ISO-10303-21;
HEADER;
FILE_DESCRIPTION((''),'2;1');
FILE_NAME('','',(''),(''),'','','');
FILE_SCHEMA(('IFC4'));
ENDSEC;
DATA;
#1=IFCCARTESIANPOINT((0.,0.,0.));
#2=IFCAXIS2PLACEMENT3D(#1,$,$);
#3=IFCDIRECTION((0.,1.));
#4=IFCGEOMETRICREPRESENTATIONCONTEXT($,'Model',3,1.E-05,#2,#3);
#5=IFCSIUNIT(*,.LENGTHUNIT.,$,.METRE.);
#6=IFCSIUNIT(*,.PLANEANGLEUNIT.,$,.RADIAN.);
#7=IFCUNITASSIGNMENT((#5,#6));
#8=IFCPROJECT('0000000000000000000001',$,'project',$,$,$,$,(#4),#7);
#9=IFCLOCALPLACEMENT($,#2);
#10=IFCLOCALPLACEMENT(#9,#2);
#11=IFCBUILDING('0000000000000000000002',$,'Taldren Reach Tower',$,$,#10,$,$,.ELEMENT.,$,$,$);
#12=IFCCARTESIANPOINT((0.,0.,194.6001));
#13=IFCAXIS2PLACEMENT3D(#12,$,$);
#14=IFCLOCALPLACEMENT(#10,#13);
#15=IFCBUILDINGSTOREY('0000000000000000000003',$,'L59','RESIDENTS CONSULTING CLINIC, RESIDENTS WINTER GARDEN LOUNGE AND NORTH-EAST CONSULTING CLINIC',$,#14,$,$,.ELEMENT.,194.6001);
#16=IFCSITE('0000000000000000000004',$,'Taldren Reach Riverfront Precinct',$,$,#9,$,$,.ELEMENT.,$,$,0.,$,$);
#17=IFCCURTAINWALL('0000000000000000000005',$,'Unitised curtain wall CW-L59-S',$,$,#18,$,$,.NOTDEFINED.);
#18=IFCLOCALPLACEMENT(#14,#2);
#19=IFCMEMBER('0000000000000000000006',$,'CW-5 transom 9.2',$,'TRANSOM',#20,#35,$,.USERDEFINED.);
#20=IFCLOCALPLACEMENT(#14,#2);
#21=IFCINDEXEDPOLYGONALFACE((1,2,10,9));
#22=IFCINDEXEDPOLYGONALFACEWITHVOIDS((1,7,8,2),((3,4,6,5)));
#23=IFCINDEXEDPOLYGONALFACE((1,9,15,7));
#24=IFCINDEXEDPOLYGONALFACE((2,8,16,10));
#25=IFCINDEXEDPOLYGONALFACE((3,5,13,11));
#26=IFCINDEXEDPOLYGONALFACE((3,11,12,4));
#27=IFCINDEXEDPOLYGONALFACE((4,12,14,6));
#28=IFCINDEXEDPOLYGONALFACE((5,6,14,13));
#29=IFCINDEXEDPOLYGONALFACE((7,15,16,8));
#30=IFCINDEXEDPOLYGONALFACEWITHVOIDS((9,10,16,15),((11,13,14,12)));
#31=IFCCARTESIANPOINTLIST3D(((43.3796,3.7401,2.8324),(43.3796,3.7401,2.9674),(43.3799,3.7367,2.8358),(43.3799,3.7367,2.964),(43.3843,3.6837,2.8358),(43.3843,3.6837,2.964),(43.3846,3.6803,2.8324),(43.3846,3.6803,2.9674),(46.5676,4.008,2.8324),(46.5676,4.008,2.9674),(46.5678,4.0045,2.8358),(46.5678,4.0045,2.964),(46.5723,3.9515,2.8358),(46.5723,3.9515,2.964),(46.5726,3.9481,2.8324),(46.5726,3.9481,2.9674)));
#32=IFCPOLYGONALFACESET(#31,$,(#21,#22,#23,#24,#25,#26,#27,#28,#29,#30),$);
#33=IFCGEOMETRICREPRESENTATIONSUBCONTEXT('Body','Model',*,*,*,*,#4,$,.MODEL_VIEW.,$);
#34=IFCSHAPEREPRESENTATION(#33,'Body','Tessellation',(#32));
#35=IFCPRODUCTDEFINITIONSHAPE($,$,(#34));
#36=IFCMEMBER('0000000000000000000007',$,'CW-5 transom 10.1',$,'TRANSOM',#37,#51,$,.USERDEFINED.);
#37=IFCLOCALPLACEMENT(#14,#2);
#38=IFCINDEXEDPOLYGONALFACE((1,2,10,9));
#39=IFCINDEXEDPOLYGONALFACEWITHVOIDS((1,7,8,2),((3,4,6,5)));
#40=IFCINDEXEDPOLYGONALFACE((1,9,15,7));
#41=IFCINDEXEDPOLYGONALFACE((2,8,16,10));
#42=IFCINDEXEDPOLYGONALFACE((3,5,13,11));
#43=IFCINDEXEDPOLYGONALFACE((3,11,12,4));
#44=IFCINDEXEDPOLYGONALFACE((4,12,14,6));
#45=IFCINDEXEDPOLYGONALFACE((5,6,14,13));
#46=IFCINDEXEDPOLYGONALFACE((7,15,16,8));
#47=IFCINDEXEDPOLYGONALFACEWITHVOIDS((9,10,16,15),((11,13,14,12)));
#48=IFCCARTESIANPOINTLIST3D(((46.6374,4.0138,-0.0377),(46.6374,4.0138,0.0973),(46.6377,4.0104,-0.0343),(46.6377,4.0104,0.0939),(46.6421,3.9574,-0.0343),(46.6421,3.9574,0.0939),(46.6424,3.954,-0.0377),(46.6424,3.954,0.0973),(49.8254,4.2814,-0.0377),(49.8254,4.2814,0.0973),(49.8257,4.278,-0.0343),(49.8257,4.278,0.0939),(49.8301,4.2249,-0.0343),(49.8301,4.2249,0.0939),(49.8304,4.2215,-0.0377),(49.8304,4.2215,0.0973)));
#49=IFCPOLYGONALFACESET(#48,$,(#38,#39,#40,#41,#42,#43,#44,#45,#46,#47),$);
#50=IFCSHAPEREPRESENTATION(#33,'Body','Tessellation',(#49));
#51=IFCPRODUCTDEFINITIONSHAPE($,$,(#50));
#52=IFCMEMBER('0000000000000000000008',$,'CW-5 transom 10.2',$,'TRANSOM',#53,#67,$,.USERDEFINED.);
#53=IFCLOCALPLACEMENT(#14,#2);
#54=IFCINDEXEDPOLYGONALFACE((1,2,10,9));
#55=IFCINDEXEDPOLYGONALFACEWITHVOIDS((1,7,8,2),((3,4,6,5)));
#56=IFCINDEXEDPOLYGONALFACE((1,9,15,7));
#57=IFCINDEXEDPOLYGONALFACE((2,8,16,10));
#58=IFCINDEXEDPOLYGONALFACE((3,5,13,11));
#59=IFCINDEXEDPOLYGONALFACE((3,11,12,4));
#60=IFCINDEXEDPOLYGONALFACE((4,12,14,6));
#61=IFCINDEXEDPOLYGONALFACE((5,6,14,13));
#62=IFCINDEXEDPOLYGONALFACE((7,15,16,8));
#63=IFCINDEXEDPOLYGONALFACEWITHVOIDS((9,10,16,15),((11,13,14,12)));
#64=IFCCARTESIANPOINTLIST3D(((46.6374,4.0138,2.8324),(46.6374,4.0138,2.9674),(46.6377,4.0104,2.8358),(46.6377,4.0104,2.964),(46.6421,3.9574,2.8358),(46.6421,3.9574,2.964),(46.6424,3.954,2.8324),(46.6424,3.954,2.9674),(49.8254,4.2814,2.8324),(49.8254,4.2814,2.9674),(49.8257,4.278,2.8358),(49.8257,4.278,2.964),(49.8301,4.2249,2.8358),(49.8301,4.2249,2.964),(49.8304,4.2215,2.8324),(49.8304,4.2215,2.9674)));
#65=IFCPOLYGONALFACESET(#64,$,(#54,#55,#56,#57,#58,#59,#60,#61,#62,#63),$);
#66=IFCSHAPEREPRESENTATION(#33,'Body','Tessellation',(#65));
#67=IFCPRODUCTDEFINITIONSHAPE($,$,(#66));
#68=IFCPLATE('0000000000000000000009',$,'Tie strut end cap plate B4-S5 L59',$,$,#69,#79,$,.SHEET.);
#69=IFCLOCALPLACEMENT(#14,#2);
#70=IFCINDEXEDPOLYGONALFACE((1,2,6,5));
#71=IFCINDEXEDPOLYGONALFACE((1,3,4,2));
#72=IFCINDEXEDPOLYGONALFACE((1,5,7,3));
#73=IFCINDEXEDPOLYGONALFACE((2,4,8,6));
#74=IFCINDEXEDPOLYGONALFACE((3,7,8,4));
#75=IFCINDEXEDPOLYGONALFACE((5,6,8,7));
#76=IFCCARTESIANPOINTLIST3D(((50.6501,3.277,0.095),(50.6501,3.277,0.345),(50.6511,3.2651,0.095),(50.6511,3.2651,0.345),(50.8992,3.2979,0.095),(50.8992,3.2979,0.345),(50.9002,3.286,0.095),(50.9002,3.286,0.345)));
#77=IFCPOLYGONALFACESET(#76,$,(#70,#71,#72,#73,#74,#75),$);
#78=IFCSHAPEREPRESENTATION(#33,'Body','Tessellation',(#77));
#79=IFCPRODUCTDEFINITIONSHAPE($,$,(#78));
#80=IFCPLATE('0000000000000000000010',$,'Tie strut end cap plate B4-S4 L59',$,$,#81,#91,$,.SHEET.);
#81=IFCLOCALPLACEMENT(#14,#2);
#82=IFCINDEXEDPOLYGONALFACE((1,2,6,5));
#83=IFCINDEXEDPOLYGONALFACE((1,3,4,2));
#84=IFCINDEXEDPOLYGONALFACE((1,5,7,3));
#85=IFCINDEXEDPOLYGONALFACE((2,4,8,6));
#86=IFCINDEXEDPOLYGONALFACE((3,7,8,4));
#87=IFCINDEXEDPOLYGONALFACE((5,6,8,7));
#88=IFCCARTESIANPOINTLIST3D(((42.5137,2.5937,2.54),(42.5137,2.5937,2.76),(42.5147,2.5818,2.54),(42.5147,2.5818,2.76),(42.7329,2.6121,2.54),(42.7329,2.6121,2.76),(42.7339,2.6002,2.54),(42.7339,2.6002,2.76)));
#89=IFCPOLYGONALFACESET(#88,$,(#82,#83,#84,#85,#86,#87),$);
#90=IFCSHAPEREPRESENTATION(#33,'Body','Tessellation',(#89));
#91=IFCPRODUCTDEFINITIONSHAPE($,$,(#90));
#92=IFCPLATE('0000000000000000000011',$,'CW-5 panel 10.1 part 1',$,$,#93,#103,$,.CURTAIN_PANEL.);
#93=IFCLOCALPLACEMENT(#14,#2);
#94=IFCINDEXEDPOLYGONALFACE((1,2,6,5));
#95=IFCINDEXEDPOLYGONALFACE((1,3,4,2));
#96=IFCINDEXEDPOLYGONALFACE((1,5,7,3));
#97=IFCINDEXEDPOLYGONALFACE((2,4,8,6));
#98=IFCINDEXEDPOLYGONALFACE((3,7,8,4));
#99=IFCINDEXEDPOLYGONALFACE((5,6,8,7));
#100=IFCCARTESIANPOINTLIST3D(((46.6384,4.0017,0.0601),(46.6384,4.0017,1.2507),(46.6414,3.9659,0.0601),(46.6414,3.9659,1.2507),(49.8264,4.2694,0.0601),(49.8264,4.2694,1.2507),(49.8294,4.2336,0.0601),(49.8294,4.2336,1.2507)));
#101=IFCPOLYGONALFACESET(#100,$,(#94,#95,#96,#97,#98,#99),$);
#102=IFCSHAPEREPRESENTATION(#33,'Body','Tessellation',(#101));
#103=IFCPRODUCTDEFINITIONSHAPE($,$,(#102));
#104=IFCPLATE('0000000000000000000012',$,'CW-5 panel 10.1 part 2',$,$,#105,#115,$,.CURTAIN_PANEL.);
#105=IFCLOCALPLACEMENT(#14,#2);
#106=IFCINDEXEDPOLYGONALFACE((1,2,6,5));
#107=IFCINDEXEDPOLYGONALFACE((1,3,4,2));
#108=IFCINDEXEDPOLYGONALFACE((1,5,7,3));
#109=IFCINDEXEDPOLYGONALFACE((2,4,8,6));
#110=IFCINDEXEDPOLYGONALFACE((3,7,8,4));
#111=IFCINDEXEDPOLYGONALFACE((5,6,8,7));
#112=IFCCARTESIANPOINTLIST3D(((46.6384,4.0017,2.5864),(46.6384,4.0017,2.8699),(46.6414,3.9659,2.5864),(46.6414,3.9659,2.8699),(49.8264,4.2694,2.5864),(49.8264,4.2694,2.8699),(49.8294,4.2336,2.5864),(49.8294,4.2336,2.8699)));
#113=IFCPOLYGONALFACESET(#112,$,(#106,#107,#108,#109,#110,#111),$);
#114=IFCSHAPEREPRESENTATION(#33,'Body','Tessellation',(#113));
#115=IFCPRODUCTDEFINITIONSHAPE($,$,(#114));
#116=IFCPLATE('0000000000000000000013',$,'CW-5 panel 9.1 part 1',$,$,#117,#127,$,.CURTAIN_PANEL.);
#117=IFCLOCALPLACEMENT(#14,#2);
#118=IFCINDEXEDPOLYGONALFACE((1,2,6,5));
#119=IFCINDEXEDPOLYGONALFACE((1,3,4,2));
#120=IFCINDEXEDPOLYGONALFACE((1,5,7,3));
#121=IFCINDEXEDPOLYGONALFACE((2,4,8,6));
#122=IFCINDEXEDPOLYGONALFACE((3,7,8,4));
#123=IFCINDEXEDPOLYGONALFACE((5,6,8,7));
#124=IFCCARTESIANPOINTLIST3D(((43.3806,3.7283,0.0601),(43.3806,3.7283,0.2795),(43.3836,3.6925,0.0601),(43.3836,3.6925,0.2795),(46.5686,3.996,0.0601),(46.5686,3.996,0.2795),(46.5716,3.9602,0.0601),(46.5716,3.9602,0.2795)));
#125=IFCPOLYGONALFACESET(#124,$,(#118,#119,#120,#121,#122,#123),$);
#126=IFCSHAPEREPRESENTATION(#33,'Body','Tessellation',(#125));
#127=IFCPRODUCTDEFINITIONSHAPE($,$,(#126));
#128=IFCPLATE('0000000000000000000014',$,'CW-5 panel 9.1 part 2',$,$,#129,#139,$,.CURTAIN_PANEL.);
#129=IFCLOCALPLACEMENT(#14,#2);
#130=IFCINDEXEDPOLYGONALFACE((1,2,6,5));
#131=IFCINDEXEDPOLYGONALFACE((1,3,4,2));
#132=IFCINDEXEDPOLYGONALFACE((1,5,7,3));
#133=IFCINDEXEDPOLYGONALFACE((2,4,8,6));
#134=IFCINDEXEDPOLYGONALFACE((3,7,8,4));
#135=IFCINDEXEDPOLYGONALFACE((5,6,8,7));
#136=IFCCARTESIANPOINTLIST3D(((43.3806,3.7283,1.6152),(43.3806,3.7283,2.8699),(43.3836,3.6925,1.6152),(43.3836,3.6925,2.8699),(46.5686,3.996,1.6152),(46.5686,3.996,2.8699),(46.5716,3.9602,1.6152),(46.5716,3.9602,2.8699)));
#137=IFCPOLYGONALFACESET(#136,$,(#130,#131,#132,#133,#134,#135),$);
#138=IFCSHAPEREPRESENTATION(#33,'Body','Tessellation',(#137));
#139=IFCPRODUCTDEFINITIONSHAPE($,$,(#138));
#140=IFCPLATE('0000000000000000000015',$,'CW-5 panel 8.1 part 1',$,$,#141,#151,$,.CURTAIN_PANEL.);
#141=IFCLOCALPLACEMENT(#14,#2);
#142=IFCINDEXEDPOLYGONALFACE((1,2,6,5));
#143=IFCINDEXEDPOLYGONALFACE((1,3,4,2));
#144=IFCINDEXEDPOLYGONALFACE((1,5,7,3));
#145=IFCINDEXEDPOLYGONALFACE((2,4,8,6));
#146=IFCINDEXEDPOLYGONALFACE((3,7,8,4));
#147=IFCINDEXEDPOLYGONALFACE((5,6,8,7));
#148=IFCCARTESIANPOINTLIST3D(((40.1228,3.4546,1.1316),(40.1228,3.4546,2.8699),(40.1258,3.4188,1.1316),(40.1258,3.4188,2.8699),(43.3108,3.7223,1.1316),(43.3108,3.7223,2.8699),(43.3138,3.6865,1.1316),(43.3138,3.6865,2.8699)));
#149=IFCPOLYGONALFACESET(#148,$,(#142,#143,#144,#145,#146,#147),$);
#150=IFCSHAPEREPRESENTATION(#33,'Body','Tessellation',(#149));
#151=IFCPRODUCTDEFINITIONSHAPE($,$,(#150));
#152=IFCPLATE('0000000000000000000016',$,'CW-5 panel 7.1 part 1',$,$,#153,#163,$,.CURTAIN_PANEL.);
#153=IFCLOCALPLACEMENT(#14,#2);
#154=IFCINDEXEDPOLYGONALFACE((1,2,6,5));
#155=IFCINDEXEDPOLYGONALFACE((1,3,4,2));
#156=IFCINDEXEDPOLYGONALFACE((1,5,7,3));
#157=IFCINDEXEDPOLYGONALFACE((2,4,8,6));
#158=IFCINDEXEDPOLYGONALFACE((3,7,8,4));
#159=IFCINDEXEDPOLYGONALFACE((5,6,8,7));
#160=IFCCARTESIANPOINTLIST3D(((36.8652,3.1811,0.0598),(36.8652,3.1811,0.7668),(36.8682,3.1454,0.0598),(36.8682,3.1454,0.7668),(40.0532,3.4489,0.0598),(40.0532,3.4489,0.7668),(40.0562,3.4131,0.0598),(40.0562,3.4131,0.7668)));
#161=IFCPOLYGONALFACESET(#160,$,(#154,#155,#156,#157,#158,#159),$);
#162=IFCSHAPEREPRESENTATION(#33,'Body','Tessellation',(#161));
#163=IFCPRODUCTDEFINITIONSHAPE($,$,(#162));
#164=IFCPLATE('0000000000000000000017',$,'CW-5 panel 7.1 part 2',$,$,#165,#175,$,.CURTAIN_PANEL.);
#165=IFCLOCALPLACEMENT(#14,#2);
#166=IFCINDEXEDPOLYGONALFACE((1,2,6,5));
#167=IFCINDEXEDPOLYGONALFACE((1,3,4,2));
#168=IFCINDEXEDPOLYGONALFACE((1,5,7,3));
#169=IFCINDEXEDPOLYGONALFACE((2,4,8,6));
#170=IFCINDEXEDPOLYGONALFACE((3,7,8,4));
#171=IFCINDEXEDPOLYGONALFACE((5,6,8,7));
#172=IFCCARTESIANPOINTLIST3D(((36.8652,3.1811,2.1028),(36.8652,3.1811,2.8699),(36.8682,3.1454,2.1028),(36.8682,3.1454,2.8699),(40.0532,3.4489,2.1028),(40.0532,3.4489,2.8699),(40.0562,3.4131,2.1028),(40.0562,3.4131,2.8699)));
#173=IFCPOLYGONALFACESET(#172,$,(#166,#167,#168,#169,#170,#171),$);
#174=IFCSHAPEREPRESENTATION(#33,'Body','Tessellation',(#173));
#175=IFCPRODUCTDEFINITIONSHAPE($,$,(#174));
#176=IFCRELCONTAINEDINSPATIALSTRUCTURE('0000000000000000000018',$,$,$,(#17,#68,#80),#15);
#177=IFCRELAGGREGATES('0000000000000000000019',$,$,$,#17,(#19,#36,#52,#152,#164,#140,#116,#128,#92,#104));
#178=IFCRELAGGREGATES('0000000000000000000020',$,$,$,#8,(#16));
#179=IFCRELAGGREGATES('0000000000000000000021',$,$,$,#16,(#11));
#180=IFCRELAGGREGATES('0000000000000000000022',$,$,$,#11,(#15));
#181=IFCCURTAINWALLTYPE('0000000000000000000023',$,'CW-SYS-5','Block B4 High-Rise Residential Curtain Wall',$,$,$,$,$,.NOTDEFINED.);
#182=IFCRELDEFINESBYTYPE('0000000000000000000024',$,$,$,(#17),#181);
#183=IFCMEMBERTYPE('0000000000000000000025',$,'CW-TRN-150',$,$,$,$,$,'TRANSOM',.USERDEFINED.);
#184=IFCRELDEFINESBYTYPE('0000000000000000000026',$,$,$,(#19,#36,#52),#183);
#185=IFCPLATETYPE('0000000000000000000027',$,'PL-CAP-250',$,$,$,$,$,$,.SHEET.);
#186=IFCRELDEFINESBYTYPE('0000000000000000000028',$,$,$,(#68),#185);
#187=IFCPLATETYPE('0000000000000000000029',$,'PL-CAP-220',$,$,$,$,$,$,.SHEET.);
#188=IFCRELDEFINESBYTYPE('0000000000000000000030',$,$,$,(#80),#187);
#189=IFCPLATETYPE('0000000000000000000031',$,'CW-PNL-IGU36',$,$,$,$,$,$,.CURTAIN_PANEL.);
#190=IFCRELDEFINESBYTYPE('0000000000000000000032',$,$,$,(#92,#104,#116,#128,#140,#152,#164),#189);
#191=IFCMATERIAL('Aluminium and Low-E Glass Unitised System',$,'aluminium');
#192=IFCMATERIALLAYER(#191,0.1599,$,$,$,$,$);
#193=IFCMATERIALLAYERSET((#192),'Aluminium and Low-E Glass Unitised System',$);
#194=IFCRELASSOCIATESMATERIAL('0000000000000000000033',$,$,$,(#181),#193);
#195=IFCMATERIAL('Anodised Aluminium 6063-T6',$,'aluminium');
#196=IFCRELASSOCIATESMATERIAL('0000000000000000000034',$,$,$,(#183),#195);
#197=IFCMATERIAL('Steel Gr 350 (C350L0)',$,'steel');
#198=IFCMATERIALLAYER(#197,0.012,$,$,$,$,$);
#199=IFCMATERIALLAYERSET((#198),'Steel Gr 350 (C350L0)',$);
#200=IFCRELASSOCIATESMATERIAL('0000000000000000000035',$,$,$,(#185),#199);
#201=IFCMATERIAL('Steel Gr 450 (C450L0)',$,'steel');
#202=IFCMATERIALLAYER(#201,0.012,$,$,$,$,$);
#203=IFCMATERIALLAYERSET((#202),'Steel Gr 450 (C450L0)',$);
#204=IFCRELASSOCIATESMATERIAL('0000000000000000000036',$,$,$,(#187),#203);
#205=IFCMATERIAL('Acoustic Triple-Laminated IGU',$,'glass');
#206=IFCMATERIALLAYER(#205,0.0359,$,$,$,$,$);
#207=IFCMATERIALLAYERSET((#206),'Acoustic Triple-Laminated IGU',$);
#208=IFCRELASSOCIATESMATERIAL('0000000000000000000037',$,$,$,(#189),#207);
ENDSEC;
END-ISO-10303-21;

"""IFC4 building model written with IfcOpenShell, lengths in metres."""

from ifc_helpers import new_model, si_unit, direction, frame, origin, origin_2d, place, context, subcontext, project, spatial, rectangle, hollow_rectangle, extrude, source, transform, mapped, material, layer, layer_set, material_profile, profile_set, type_object, element, aggregate, save


model = new_model("IFC4")

# Units and contexts
model_context = context("Model", 3, precision=1e-05, world=origin(), true_north=direction((0.0, 1.0)))
body_context = subcontext(model_context, "Body", "Model", "MODEL_VIEW")
ifc_project = project(units=[si_unit("LENGTHUNIT", "METRE"), si_unit("PLANEANGLEUNIT", "RADIAN")], contexts=[model_context])

# Site, building, storey
site_placement = place(None, origin())
site = spatial("IfcSite", under=ifc_project, at=site_placement, Name="Taldren Reach Riverfront Precinct", CompositionType="ELEMENT", RefElevation=0.0)
building_placement = place(site_placement, origin())
building = spatial("IfcBuilding", under=site, at=building_placement, Name="Taldren Reach Tower", CompositionType="ELEMENT")
storey_placement = place(building_placement, frame((0.0, 0.0, 194.6001)))
storey = spatial("IfcBuildingStorey", under=building, at=storey_placement, Name="L59", Description="RESIDENTS CONSULTING CLINIC, RESIDENTS WINTER GARDEN LOUNGE AND NORTH-EAST CONSULTING CLINIC", CompositionType="ELEMENT", Elevation=194.6001)

# Shared definitions
ifc_material_1 = material(Name="Steel Gr 350 (C350L0)", Category="steel")

# Shared definitions
ifc_material_2 = material(Name="Steel Gr 450 (C450L0)", Category="steel")

# Curtain wall, members
ifc_material_3 = material(Name="Aluminium and Low-E Glass Unitised System", Category="aluminium")
ifc_layer_1 = layer(ifc_material_3, 0.1599)
ifc_layer_set_1 = layer_set([ifc_layer_1], Name="Aluminium and Low-E Glass Unitised System")
curtain_wall_type = type_object("IfcCurtainWallType", Name="CW-SYS-5", Description="Block B4 High-Rise Residential Curtain Wall", PredefinedType="NOTDEFINED", material=ifc_layer_set_1)
curtain_wall_placement = place(storey_placement, origin())
curtain_wall = element("IfcCurtainWall", 1, at=curtain_wall_placement, inside=storey, type_object=curtain_wall_type, Name="Unitised curtain wall CW-L59-S", PredefinedType="NOTDEFINED")
ifc_material_4 = material(Name="Anodised Aluminium 6063-T6", Category="aluminium")
ifc_material_profile_1 = material_profile(ifc_material_4, hollow_rectangle(XDim=0.0601, YDim=0.135, WallThickness=0.0034, at=origin_2d()), Name="ALU-135x60x3.5RHS")
ifc_profile_set_1 = profile_set([ifc_material_profile_1], Name="Anodised Aluminium 6063-T6")
member_type_1 = type_object("IfcMemberType", Name="CW-TRN-150", ElementType="TRANSOM", PredefinedType="USERDEFINED", material=ifc_profile_set_1)
shared_shape_1 = source(origin(), body_context, "Body", "SweptSolid", [
    extrude(hollow_rectangle(XDim=0.0601, YDim=0.135, WallThickness=0.0034, at=origin_2d()), origin(), (0.0, 0.0, 1.0), 3.1992),
])
member_1_placement = place(storey_placement, frame((43.3821, 3.7102, 2.8999), z_axis=(0.99649, 0.083715, 0.0), x_axis=(-0.083715, 0.99649, 0.0)))
member_1 = element("IfcMember", 2, at=member_1_placement, type_object=member_type_1, Name="CW-5 transom 9.2", ObjectType="TRANSOM", PredefinedType="USERDEFINED", context=body_context, shape_type="MappedRepresentation", body=[
    mapped(shared_shape_1, transform((0.0, 0.0, 0.0), scale=1.0)),
])
member_2_placement = place(storey_placement, frame((46.6399, 3.9839, 0.0298), z_axis=(0.996496, 0.083639, 0.0), x_axis=(-0.083639, 0.996496, 0.0)))
member_2 = element("IfcMember", 3, at=member_2_placement, type_object=member_type_1, Name="CW-5 transom 10.1", ObjectType="TRANSOM", PredefinedType="USERDEFINED", context=body_context, shape_type="MappedRepresentation", body=[
    mapped(shared_shape_1, transform((0.0, 0.0, 0.0), scale=1.0)),
])
member_3_placement = place(storey_placement, frame((46.6399, 3.9839, 2.8999), z_axis=(0.996496, 0.083639, 0.0), x_axis=(-0.083639, 0.996496, 0.0)))
member_3 = element("IfcMember", 4, at=member_3_placement, type_object=member_type_1, Name="CW-5 transom 10.2", ObjectType="TRANSOM", PredefinedType="USERDEFINED", context=body_context, shape_type="MappedRepresentation", body=[
    mapped(shared_shape_1, transform((0.0, 0.0, 0.0), scale=1.0)),
])

# Plates
ifc_layer_2 = layer(ifc_material_1, 0.012)
ifc_layer_set_2 = layer_set([ifc_layer_2], Name="Steel Gr 350 (C350L0)")
plate_type_1 = type_object("IfcPlateType", Name="PL-CAP-250", PredefinedType="SHEET", material=ifc_layer_set_2)
shared_shape_2 = source(origin(), body_context, "Body", "SweptSolid", [
    extrude(rectangle(XDim=0.25, YDim=0.012, at=origin_2d()), origin(), (0.0, 0.0, 1.0), 0.25),
])
plate_1_placement = place(storey_placement, frame((50.7751, 3.2815, 0.095), z_axis=(0.0, 0.0, 1.0), x_axis=(0.996493, 0.083678, 0.0)))
element("IfcPlate", 5, at=plate_1_placement, inside=storey, type_object=plate_type_1, Name="Tie strut end cap plate B4-S5 L59", PredefinedType="SHEET", context=body_context, shape_type="MappedRepresentation", body=[
    mapped(shared_shape_2, transform((0.0, 0.0, 0.0), scale=1.0)),
])
ifc_layer_3 = layer(ifc_material_2, 0.012)
ifc_layer_set_3 = layer_set([ifc_layer_3], Name="Steel Gr 450 (C450L0)")
plate_type_2 = type_object("IfcPlateType", Name="PL-CAP-220", PredefinedType="SHEET", material=ifc_layer_set_3)
shared_shape_3 = source(origin(), body_context, "Body", "SweptSolid", [
    extrude(rectangle(XDim=0.22, YDim=0.012, at=origin_2d()), origin(), (0.0, 0.0, 1.0), 0.22),
])
plate_2_placement = place(storey_placement, frame((42.6238, 2.5969, 2.54), z_axis=(0.0, 0.0, 1.0), x_axis=(0.996493, 0.083678, 0.0)))
element("IfcPlate", 6, at=plate_2_placement, inside=storey, type_object=plate_type_2, Name="Tie strut end cap plate B4-S4 L59", PredefinedType="SHEET", context=body_context, shape_type="MappedRepresentation", body=[
    mapped(shared_shape_3, transform((0.0, 0.0, 0.0), scale=1.0)),
])

# Plates
ifc_material_5 = material(Name="Acoustic Triple-Laminated IGU", Category="glass")
ifc_layer_4 = layer(ifc_material_5, 0.0359)
ifc_layer_set_4 = layer_set([ifc_layer_4], Name="Acoustic Triple-Laminated IGU")
plate_type_3 = type_object("IfcPlateType", Name="CW-PNL-IGU36", PredefinedType="CURTAIN_PANEL", material=ifc_layer_set_4)
shared_shape_4 = source(origin(), body_context, "Body", "SweptSolid", [
    extrude(rectangle(XDim=3.1992, YDim=0.0359, at=origin_2d()), origin(), (0.0, 0.0, 1.0), 1.1907),
])
plate_3_placement = place(storey_placement, frame((48.2339, 4.1177, 0.0601), z_axis=(0.0, 0.0, 1.0), x_axis=(0.996493, 0.083678, 0.0)))
plate_3 = element("IfcPlate", 7, at=plate_3_placement, type_object=plate_type_3, Name="CW-5 panel 10.1 part 1", PredefinedType="CURTAIN_PANEL", context=body_context, shape_type="MappedRepresentation", body=[
    mapped(shared_shape_4, transform((0.0, 0.0, 0.0), scale=1.0)),
])
shared_shape_5 = source(origin(), body_context, "Body", "SweptSolid", [
    extrude(rectangle(XDim=3.1992, YDim=0.0359, at=origin_2d()), origin(), (0.0, 0.0, 1.0), 0.2834),
])
plate_4_placement = place(storey_placement, frame((48.2339, 4.1177, 2.5864), z_axis=(0.0, 0.0, 1.0), x_axis=(0.996493, 0.083678, 0.0)))
plate_4 = element("IfcPlate", 8, at=plate_4_placement, type_object=plate_type_3, Name="CW-5 panel 10.1 part 2", PredefinedType="CURTAIN_PANEL", context=body_context, shape_type="MappedRepresentation", body=[
    mapped(shared_shape_5, transform((0.0, 0.0, 0.0), scale=1.0)),
])
shared_shape_6 = source(origin(), body_context, "Body", "SweptSolid", [
    extrude(rectangle(XDim=3.1992, YDim=0.0359, at=origin_2d()), origin(), (0.0, 0.0, 1.0), 0.2195),
])
plate_5_placement = place(storey_placement, frame((44.9761, 3.8442, 0.0601), z_axis=(0.0, 0.0, 1.0), x_axis=(0.996493, 0.083678, 0.0)))
plate_5 = element("IfcPlate", 9, at=plate_5_placement, type_object=plate_type_3, Name="CW-5 panel 9.1 part 1", PredefinedType="CURTAIN_PANEL", context=body_context, shape_type="MappedRepresentation", body=[
    mapped(shared_shape_6, transform((0.0, 0.0, 0.0), scale=1.0)),
])
shared_shape_7 = source(origin(), body_context, "Body", "SweptSolid", [
    extrude(rectangle(XDim=3.1992, YDim=0.0359, at=origin_2d()), origin(), (0.0, 0.0, 1.0), 1.2546),
])
plate_6_placement = place(storey_placement, frame((44.9761, 3.8442, 1.6152), z_axis=(0.0, 0.0, 1.0), x_axis=(0.996493, 0.083678, 0.0)))
plate_6 = element("IfcPlate", 10, at=plate_6_placement, type_object=plate_type_3, Name="CW-5 panel 9.1 part 2", PredefinedType="CURTAIN_PANEL", context=body_context, shape_type="MappedRepresentation", body=[
    mapped(shared_shape_7, transform((0.0, 0.0, 0.0), scale=1.0)),
])
shared_shape_8 = source(origin(), body_context, "Body", "SweptSolid", [
    extrude(rectangle(XDim=3.1992, YDim=0.0359, at=origin_2d()), origin(), (0.0, 0.0, 1.0), 1.7383),
])
plate_7_placement = place(storey_placement, frame((41.7183, 3.5706, 1.1316), z_axis=(0.0, 0.0, 1.0), x_axis=(0.996493, 0.083678, 0.0)))
plate_7 = element("IfcPlate", 11, at=plate_7_placement, type_object=plate_type_3, Name="CW-5 panel 8.1 part 1", PredefinedType="CURTAIN_PANEL", context=body_context, shape_type="MappedRepresentation", body=[
    mapped(shared_shape_8, transform((0.0, 0.0, 0.0), scale=1.0)),
])
shared_shape_9 = source(origin(), body_context, "Body", "SweptSolid", [
    extrude(rectangle(XDim=3.1992, YDim=0.0359, at=origin_2d()), origin(), (0.0, 0.0, 1.0), 0.707),
])
plate_8_placement = place(storey_placement, frame((38.4607, 3.2971, 0.0598), z_axis=(0.0, 0.0, 1.0), x_axis=(0.996493, 0.083678, 0.0)))
plate_8 = element("IfcPlate", 12, at=plate_8_placement, type_object=plate_type_3, Name="CW-5 panel 7.1 part 1", PredefinedType="CURTAIN_PANEL", context=body_context, shape_type="MappedRepresentation", body=[
    mapped(shared_shape_9, transform((0.0, 0.0, 0.0), scale=1.0)),
])
shared_shape_10 = source(origin(), body_context, "Body", "SweptSolid", [
    extrude(rectangle(XDim=3.1992, YDim=0.0359, at=origin_2d()), origin(), (0.0, 0.0, 1.0), 0.7671),
])
plate_9_placement = place(storey_placement, frame((38.4607, 3.2971, 2.1028), z_axis=(0.0, 0.0, 1.0), x_axis=(0.996493, 0.083678, 0.0)))
plate_9 = element("IfcPlate", 13, at=plate_9_placement, type_object=plate_type_3, Name="CW-5 panel 7.1 part 2", PredefinedType="CURTAIN_PANEL", context=body_context, shape_type="MappedRepresentation", body=[
    mapped(shared_shape_10, transform((0.0, 0.0, 0.0), scale=1.0)),
])
aggregate(curtain_wall, [member_1, member_2, member_3, plate_8, plate_9, plate_7, plate_5, plate_6, plate_3, plate_4])

save(model, "model.ifc")
